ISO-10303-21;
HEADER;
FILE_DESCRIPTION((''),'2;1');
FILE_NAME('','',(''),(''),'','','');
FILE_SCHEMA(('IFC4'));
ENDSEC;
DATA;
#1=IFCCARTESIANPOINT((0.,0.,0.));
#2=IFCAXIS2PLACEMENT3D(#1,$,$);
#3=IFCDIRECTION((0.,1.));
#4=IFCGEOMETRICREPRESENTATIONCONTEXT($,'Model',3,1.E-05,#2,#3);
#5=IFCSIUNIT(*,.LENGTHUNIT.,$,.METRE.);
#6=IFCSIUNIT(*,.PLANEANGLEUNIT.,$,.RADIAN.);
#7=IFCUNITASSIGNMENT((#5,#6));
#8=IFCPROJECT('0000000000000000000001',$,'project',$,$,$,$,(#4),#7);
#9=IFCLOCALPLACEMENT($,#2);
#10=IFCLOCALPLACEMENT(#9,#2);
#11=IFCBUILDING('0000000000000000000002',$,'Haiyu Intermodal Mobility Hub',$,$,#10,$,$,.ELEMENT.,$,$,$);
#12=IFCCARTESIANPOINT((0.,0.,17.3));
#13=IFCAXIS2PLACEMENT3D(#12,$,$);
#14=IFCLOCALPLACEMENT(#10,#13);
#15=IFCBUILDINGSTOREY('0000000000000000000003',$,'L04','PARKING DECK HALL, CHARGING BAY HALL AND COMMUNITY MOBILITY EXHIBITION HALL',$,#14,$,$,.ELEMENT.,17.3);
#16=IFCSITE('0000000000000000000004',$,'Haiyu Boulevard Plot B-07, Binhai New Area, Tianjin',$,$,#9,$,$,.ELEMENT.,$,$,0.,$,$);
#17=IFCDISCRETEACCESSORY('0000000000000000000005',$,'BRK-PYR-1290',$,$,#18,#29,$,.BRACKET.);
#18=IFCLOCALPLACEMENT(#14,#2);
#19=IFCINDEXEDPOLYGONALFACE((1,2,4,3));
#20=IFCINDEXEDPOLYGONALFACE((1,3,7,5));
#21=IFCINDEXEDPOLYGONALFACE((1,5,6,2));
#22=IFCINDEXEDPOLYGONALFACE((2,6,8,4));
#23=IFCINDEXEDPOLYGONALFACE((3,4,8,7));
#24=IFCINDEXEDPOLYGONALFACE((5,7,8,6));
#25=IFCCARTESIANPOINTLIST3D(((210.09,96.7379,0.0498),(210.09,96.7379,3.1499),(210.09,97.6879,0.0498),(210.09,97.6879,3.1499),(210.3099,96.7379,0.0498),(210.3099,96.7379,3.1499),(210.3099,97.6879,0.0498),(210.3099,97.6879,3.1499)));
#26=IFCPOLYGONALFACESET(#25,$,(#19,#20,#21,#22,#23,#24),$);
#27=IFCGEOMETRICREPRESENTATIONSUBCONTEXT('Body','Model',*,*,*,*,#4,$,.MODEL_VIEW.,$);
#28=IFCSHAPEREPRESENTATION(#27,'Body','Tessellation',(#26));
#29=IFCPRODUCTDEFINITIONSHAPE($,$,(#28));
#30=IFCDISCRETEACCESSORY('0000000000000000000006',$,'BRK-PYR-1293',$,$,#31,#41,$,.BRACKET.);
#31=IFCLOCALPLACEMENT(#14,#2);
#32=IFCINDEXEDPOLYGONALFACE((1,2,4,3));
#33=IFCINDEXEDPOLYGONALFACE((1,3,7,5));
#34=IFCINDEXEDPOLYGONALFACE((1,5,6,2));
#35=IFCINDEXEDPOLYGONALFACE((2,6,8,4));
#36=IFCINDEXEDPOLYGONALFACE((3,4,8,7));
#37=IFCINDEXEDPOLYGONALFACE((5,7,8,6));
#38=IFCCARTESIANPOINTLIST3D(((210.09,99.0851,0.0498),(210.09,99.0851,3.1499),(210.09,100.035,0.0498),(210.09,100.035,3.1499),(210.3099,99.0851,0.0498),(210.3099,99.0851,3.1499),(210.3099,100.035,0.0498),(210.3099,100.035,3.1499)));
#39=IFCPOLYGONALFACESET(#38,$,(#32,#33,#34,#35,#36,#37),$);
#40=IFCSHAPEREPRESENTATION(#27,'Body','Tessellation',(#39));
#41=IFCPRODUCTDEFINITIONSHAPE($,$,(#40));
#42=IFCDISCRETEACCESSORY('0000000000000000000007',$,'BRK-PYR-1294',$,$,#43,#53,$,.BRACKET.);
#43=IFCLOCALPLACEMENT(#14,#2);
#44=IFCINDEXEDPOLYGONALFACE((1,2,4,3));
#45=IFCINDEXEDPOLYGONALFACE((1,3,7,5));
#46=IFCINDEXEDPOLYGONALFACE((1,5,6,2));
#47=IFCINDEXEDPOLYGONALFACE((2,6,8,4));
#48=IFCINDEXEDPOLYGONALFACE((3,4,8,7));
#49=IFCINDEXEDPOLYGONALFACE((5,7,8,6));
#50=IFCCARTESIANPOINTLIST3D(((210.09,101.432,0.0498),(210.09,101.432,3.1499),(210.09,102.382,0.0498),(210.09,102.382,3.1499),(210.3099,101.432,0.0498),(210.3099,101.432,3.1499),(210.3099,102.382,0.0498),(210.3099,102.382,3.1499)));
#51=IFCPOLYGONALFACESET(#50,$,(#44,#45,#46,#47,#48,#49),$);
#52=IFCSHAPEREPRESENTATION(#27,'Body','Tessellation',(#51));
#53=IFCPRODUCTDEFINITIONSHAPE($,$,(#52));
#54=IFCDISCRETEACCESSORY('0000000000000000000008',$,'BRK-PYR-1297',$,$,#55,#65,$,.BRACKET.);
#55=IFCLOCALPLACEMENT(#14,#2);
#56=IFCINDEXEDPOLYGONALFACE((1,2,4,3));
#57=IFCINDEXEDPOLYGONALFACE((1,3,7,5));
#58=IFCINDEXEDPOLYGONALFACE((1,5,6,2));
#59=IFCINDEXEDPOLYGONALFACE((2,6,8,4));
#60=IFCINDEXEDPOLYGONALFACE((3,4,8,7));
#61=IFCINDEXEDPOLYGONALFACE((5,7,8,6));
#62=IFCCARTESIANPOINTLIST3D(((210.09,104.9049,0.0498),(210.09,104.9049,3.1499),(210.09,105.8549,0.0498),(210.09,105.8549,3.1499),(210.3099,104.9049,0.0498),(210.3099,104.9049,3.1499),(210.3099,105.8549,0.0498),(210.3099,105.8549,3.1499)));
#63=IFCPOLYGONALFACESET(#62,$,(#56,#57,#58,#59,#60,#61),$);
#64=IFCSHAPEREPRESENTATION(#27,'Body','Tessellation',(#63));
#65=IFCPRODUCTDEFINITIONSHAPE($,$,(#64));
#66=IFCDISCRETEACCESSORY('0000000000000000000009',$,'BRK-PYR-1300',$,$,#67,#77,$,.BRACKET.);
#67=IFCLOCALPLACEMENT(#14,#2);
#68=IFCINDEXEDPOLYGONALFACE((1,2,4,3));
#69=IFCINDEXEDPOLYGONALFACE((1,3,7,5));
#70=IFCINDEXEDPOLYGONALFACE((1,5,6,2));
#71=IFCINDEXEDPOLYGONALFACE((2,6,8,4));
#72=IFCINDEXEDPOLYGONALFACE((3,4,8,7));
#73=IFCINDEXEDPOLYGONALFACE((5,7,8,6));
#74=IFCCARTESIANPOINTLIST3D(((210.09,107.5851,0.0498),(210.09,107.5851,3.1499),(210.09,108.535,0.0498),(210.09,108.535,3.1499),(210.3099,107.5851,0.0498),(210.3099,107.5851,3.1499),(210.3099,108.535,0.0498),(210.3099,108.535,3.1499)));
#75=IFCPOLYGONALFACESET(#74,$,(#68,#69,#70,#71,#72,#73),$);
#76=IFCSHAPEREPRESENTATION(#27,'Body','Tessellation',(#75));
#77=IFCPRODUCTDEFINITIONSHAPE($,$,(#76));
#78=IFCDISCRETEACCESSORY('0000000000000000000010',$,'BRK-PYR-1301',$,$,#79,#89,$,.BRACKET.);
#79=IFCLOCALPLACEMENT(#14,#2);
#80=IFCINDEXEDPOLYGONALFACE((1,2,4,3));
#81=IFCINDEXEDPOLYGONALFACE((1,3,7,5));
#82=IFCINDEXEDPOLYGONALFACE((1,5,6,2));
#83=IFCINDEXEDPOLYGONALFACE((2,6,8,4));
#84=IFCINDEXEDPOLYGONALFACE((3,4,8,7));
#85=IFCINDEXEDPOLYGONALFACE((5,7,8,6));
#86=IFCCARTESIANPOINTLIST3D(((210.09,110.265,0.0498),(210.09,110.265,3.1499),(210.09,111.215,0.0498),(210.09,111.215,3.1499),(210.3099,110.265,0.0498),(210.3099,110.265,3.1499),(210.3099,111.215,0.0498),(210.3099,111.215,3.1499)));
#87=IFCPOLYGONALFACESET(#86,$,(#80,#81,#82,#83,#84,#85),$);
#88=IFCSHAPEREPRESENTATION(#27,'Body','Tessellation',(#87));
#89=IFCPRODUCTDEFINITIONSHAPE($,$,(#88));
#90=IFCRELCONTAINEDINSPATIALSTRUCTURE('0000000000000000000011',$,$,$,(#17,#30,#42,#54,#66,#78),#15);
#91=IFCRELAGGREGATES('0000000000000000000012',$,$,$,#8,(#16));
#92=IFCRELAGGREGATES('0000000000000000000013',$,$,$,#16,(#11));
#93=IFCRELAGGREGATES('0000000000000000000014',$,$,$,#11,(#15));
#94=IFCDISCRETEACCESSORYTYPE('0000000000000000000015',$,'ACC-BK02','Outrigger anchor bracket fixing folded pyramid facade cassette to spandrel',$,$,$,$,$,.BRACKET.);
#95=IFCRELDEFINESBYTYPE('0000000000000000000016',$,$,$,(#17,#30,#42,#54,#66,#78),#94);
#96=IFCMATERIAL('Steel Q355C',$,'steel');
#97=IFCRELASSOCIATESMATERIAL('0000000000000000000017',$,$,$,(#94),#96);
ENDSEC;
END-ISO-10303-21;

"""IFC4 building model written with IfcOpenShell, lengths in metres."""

from ifc_helpers import new_model, si_unit, direction, frame, origin, origin_2d, place, context, subcontext, project, spatial, rectangle, extrude, material, type_object, element, save


model = new_model("IFC4")

# Units and contexts
model_context = context("Model", 3, precision=1e-05, world=origin(), true_north=direction((0.0, 1.0)))
body_context = subcontext(model_context, "Body", "Model", "MODEL_VIEW")
ifc_project = project(units=[si_unit("LENGTHUNIT", "METRE"), si_unit("PLANEANGLEUNIT", "RADIAN")], contexts=[model_context])

# Site, building, storey
site_placement = place(None, origin())
site = spatial("IfcSite", under=ifc_project, at=site_placement, Name="Haiyu Boulevard Plot B-07, Binhai New Area, Tianjin", CompositionType="ELEMENT", RefElevation=0.0)
building_placement = place(site_placement, origin())
building = spatial("IfcBuilding", under=site, at=building_placement, Name="Haiyu Intermodal Mobility Hub", CompositionType="ELEMENT")
storey_placement = place(building_placement, frame((0.0, 0.0, 17.3)))
storey = spatial("IfcBuildingStorey", under=building, at=storey_placement, Name="L04", Description="PARKING DECK HALL, CHARGING BAY HALL AND COMMUNITY MOBILITY EXHIBITION HALL", CompositionType="ELEMENT", Elevation=17.3)

# Discrete accessories
ifc_material_1 = material(Name="Steel Q355C", Category="steel")
discrete_accessory_type = type_object("IfcDiscreteAccessoryType", Name="ACC-BK02", Description="Outrigger anchor bracket fixing folded pyramid facade cassette to spandrel", PredefinedType="BRACKET", material=ifc_material_1)
for number, where, z_axis, x_axis, name in (
    (1, (210.2, 97.2129, 0.0498), (0.0, 0.0, 1.0), (1.0, 0.0, 0.0), "BRK-PYR-1290"),
    (2, (210.2, 99.5601, 0.0498), (0.0, 0.0, 1.0), (1.0, 0.0, 0.0), "BRK-PYR-1293"),
    (3, (210.2, 101.907, 0.0498), (0.0, 0.0, 1.0), (1.0, 0.0, 0.0), "BRK-PYR-1294"),
    (4, (210.2, 105.3799, 0.0498), (0.0, 0.0, 1.0), (1.0, 0.0, 0.0), "BRK-PYR-1297"),
    (5, (210.2, 108.0601, 0.0498), (0.0, 0.0, 1.0), (1.0, 0.0, 0.0), "BRK-PYR-1300"),
    (6, (210.2, 110.74, 0.0498), (0.0, 0.0, 1.0), (1.0, 0.0, 0.0), "BRK-PYR-1301"),
):
    element("IfcDiscreteAccessory", number, at=place(storey_placement, frame(where, z_axis=z_axis, x_axis=x_axis)), inside=storey, type_object=discrete_accessory_type, Name=name, PredefinedType="BRACKET", context=body_context, shape_type="SweptSolid", body=[
        extrude(rectangle(XDim=0.22, YDim=0.95, at=origin_2d()), origin(), (0.0, 0.0, 1.0), 3.1001),
    ])

save(model, "model.ifc")
